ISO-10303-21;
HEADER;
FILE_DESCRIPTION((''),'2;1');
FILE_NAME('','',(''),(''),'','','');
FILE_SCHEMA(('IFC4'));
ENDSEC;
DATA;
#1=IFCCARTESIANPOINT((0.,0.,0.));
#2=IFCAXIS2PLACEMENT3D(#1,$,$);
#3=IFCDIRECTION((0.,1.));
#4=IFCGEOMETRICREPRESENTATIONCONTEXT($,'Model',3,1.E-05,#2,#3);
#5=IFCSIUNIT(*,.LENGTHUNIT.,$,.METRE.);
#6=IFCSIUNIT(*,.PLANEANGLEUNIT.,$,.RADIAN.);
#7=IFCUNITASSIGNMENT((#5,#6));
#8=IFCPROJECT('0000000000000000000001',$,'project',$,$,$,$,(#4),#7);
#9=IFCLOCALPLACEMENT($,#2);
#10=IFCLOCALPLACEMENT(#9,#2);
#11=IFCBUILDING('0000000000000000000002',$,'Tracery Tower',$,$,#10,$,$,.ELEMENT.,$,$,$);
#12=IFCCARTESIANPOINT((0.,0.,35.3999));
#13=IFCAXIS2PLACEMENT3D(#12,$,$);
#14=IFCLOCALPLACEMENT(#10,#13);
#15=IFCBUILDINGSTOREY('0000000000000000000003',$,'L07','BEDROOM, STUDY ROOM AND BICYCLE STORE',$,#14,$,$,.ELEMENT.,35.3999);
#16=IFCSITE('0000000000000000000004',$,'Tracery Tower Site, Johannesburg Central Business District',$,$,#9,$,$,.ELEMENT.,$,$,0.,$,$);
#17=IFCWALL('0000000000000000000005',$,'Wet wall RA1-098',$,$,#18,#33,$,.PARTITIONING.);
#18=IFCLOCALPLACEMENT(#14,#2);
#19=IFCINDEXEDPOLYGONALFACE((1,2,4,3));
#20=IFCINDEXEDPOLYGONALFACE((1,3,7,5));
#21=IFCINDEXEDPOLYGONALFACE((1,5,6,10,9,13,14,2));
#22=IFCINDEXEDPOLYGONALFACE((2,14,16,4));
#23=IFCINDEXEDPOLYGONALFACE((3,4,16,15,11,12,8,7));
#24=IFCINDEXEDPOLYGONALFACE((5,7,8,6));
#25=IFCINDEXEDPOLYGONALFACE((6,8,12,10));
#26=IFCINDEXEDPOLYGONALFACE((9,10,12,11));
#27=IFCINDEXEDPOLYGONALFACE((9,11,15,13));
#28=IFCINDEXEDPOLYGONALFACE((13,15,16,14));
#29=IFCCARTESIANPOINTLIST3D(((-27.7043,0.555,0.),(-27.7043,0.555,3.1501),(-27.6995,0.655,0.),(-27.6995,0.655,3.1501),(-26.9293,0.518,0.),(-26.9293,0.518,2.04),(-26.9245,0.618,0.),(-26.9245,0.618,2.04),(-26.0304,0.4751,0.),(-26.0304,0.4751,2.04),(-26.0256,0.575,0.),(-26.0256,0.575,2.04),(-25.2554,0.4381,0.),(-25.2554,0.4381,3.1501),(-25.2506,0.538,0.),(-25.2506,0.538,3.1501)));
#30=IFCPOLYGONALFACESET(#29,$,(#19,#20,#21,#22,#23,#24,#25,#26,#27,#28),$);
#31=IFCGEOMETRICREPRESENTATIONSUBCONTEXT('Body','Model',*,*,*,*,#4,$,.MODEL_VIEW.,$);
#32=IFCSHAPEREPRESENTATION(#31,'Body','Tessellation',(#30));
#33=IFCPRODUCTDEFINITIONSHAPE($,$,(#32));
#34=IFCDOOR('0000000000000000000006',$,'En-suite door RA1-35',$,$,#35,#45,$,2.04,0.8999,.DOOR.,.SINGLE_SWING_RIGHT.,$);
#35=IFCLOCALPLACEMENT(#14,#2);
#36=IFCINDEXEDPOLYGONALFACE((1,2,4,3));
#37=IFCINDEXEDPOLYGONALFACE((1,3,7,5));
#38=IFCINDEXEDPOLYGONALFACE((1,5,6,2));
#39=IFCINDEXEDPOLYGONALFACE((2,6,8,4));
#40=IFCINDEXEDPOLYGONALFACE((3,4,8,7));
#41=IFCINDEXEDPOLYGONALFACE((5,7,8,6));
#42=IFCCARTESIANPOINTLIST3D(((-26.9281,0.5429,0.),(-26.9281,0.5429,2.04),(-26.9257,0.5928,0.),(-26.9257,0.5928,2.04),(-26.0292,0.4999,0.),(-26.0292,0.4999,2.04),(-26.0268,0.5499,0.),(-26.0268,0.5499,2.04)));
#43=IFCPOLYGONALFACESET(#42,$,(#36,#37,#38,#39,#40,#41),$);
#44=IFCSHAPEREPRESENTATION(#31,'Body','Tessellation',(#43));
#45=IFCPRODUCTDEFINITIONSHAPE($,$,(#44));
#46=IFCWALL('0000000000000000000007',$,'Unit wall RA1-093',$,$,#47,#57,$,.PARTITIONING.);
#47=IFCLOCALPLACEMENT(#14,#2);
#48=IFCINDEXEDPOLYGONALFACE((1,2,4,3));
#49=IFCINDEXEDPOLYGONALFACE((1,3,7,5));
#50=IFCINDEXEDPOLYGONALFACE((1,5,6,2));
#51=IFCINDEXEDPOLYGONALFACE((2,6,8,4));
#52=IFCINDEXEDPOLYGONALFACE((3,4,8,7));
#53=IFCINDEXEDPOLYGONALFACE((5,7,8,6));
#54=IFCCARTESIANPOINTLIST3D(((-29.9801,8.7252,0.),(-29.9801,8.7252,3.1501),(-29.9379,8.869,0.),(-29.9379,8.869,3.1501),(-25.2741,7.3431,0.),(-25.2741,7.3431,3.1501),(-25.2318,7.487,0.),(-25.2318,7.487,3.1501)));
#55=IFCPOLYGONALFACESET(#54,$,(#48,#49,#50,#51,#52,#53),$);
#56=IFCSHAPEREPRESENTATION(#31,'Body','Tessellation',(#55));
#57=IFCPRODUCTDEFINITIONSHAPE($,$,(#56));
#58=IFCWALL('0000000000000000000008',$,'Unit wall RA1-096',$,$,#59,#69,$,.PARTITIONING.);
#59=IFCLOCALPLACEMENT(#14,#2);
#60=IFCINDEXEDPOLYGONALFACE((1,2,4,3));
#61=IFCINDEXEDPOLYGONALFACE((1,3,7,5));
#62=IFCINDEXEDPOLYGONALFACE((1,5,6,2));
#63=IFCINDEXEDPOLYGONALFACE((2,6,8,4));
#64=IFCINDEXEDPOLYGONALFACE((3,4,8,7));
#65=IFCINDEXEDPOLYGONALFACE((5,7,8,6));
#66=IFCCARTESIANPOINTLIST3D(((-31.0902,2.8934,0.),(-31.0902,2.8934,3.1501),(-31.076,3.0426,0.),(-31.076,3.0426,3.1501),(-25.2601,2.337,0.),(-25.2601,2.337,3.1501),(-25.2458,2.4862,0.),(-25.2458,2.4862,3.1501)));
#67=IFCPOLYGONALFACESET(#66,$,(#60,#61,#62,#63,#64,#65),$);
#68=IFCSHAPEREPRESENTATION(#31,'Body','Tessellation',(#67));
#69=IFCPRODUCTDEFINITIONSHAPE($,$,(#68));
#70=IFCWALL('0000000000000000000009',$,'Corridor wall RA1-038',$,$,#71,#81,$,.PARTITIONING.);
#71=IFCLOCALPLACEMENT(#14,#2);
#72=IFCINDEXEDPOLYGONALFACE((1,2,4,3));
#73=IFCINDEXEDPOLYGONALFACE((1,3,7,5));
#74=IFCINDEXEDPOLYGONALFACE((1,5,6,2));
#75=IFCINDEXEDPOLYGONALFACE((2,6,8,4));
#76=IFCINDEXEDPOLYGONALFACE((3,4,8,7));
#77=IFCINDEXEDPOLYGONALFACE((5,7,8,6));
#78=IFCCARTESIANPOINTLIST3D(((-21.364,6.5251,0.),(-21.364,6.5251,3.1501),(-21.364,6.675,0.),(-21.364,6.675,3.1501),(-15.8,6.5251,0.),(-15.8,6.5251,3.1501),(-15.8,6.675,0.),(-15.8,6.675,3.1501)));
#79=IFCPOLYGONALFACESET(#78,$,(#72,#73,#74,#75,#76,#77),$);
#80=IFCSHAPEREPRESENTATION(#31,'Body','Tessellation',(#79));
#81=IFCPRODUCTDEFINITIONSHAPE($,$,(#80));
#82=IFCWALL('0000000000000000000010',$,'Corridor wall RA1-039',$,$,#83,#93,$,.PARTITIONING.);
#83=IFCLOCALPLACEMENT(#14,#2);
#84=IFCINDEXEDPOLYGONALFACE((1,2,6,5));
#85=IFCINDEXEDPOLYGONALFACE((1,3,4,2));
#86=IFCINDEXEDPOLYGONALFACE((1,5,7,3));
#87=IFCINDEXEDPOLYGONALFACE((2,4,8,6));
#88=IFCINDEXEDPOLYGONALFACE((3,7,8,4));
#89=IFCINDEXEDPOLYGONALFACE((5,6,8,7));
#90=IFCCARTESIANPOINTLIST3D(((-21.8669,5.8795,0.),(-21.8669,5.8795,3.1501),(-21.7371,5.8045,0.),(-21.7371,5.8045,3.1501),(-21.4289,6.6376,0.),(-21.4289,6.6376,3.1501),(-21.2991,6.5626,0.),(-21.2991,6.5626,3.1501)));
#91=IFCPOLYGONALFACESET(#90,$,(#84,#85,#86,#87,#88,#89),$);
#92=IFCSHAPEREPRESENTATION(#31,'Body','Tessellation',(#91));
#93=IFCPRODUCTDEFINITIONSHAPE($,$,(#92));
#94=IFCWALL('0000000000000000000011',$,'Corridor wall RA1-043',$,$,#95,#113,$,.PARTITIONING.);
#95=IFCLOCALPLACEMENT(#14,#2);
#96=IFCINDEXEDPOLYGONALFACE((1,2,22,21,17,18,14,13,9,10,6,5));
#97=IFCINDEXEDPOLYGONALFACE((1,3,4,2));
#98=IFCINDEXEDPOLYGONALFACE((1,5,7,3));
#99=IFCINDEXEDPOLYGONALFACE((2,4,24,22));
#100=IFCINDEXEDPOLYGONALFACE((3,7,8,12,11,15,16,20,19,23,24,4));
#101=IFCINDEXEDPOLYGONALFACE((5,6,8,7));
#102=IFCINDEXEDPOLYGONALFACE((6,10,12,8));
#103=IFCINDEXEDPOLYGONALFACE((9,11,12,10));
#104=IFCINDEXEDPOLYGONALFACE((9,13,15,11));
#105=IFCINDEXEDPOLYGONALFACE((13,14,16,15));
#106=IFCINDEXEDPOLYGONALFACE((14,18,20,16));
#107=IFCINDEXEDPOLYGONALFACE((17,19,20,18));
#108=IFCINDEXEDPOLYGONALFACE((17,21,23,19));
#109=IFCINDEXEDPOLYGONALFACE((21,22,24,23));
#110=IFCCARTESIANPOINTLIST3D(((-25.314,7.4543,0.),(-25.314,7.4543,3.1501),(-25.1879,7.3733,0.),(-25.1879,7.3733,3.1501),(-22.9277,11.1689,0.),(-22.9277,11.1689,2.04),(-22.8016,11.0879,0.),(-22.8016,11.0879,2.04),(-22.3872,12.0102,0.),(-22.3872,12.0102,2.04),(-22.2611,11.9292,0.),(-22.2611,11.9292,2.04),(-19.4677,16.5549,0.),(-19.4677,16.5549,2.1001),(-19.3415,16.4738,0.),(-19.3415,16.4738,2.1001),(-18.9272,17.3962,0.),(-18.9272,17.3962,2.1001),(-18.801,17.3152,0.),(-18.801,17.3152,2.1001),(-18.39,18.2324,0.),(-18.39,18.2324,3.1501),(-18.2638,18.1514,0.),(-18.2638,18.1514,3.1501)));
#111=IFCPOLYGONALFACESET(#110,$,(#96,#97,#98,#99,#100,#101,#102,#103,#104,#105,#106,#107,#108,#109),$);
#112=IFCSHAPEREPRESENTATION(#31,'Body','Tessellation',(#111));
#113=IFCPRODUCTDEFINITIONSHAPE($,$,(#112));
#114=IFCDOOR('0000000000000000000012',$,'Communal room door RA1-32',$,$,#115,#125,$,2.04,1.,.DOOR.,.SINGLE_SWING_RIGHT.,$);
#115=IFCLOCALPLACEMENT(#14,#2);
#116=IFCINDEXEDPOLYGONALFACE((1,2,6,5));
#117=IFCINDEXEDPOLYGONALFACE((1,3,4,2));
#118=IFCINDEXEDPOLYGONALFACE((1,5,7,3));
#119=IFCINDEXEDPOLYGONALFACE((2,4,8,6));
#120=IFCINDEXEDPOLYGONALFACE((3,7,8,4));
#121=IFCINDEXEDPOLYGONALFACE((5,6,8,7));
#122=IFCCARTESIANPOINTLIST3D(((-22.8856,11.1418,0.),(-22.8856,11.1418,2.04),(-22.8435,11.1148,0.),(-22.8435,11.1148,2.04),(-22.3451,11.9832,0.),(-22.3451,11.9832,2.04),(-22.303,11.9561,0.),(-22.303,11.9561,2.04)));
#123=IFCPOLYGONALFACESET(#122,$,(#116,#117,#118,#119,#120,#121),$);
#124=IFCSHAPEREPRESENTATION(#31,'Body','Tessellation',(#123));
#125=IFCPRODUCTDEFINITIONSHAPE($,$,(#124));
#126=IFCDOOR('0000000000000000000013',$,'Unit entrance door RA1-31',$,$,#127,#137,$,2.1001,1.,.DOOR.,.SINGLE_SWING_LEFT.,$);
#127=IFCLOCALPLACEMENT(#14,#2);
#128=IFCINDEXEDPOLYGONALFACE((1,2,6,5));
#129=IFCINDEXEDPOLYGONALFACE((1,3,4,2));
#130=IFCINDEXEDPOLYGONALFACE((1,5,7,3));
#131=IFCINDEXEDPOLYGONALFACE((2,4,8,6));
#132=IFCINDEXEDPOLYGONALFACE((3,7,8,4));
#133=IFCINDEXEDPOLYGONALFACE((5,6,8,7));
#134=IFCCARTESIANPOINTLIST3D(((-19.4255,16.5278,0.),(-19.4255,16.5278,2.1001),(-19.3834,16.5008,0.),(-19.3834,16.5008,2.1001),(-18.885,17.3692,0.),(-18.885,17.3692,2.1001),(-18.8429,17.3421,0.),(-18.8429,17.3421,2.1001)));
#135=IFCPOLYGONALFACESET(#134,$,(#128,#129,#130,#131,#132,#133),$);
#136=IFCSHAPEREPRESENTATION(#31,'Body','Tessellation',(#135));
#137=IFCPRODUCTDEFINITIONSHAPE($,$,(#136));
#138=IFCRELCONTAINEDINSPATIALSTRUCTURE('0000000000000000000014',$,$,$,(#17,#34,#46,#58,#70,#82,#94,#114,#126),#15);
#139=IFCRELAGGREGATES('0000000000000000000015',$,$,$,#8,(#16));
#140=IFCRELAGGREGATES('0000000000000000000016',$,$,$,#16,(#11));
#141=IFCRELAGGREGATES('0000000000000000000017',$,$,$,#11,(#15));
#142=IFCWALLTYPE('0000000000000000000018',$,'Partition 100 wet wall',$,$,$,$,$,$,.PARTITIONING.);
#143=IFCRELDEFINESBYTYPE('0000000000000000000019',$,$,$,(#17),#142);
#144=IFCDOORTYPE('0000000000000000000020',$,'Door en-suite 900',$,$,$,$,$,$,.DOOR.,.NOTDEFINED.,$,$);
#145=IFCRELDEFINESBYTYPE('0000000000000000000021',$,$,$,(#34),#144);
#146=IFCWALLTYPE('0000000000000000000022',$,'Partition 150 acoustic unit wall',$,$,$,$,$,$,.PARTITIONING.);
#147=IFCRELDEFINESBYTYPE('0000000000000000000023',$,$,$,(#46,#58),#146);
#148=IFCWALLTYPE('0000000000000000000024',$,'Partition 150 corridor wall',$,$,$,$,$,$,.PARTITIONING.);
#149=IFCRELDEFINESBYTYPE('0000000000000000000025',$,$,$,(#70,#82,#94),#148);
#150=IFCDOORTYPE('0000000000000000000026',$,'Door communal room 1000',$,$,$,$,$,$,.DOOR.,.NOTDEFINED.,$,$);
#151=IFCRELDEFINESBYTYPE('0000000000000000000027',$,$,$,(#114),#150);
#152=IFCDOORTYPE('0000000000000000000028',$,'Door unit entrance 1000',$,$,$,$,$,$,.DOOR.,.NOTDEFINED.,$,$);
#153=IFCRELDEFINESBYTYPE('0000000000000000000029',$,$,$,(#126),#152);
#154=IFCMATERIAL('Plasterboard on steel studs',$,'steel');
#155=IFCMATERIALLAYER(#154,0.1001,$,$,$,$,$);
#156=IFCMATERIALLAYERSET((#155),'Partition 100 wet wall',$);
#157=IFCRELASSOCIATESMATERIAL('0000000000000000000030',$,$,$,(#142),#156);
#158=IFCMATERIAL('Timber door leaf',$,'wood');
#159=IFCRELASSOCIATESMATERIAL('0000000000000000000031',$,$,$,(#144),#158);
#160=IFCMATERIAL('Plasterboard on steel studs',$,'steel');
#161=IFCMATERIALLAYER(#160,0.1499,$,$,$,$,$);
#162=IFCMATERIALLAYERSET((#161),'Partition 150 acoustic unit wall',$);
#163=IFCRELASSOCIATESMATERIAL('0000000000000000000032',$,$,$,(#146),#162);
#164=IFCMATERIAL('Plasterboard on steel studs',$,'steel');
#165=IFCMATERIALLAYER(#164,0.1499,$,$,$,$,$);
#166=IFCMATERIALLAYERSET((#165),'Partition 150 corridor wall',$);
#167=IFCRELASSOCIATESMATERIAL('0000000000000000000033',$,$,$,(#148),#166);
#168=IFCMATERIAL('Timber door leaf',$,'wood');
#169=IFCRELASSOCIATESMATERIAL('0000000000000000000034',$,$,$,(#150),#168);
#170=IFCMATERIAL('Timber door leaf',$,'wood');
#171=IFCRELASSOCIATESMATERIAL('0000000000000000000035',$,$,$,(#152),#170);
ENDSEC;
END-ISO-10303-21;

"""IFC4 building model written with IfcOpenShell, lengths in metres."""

from ifc_helpers import new_model, si_unit, direction, frame, frame_2d, origin, place, context, subcontext, project, spatial, rectangle, extrude, material, layer, layer_set, type_object, element, fill, save


model = new_model("IFC4")

# Units and contexts
model_context = context("Model", 3, precision=1e-05, world=origin(), true_north=direction((0.0, 1.0)))
body_context = subcontext(model_context, "Body", "Model", "MODEL_VIEW")
ifc_project = project(units=[si_unit("LENGTHUNIT", "METRE"), si_unit("PLANEANGLEUNIT", "RADIAN")], contexts=[model_context])

# Site, building, storey
site_placement = place(None, origin())
site = spatial("IfcSite", under=ifc_project, at=site_placement, Name="Tracery Tower Site, Johannesburg Central Business District", CompositionType="ELEMENT", RefElevation=0.0)
building_placement = place(site_placement, origin())
building = spatial("IfcBuilding", under=site, at=building_placement, Name="Tracery Tower", CompositionType="ELEMENT")
storey_placement = place(building_placement, frame((0.0, 0.0, 35.3999)))
storey = spatial("IfcBuildingStorey", under=building, at=storey_placement, Name="L07", Description="BEDROOM, STUDY ROOM AND BICYCLE STORE", CompositionType="ELEMENT", Elevation=35.3999)

# Shared definitions
ifc_material_1 = material(Name="Plasterboard on steel studs", Category="steel")
ifc_layer_1 = layer(ifc_material_1, 0.1001)
ifc_layer_set_1 = layer_set([ifc_layer_1], Name="Partition 100 wet wall")
wall_type_1 = type_object("IfcWallType", Name="Partition 100 wet wall", PredefinedType="PARTITIONING", material=ifc_layer_set_1)
ifc_material_2 = material(Name="Timber door leaf", Category="wood")
door_type_1 = type_object("IfcDoorType", Name="Door en-suite 900", OperationType="NOTDEFINED", PredefinedType="DOOR", material=ifc_material_2)

# Wall, opening, door
wall_1_placement = place(storey_placement, frame((-27.7019, 0.605, 0.0), z_axis=(0.0, 0.0, 1.0), x_axis=(0.998862, -0.047698, 0.0)))
wall_1 = element("IfcWall", 1, at=wall_1_placement, inside=storey, type_object=wall_type_1, Name="Wet wall RA1-098", PredefinedType="PARTITIONING", context=body_context, shape_type="SweptSolid", body=[
    extrude(rectangle(XDim=2.4517, YDim=0.1001, at=frame_2d((1.2258, 0.0))), origin(), (0.0, 0.0, 1.0), 3.1501),
])
opening_1_placement = place(wall_1_placement, frame((0.7759, 0.0, 0.0)))
opening_1 = element("IfcOpeningElement", 2, at=opening_1_placement, cuts=wall_1, PredefinedType="OPENING", context=body_context, shape_type="SweptSolid", body=[
    extrude(rectangle(XDim=0.8999, YDim=2.04, at=frame_2d((0.45, 1.02))), frame((0.0, 0.05, 0.0), z_axis=(0.0, -1.0, 0.0), x_axis=(1.0, 0.0, 0.0)), (0.0, 0.0, 1.0), 0.1001),
])
door_1_placement = place(opening_1_placement, origin())
door_1 = element("IfcDoor", 3, at=door_1_placement, inside=storey, type_object=door_type_1, Name="En-suite door RA1-35", OperationType="SINGLE_SWING_RIGHT", OverallHeight=2.04, OverallWidth=0.8999, PredefinedType="DOOR", context=body_context, shape_type="SweptSolid", body=[
    extrude(rectangle(XDim=0.8999, YDim=2.04, at=frame_2d((0.45, 1.02))), frame((0.0, 0.0249, 0.0), z_axis=(0.0, -1.0, 0.0), x_axis=(1.0, 0.0, 0.0)), (0.0, 0.0, 1.0), 0.05),
])
fill(opening_1, door_1)

# Walls
ifc_material_3 = material(Name="Plasterboard on steel studs", Category="steel")
ifc_layer_2 = layer(ifc_material_3, 0.1499)
ifc_layer_set_2 = layer_set([ifc_layer_2], Name="Partition 150 acoustic unit wall")
wall_type_2 = type_object("IfcWallType", Name="Partition 150 acoustic unit wall", PredefinedType="PARTITIONING", material=ifc_layer_set_2)
wall_2_placement = place(storey_placement, frame((-29.959, 8.7971, 0.0), z_axis=(0.0, 0.0, 1.0), x_axis=(0.959479, -0.281781, 0.0)))
element("IfcWall", 4, at=wall_2_placement, inside=storey, type_object=wall_type_2, Name="Unit wall RA1-093", PredefinedType="PARTITIONING", context=body_context, shape_type="SweptSolid", body=[
    extrude(rectangle(XDim=4.9048, YDim=0.1499, at=frame_2d((2.4524, 0.0))), origin(), (0.0, 0.0, 1.0), 3.1501),
])
wall_3_placement = place(storey_placement, frame((-31.083, 2.968, 0.0), z_axis=(0.0, 0.0, 1.0), x_axis=(0.995477, -0.095004, 0.0)))
element("IfcWall", 5, at=wall_3_placement, inside=storey, type_object=wall_type_2, Name="Unit wall RA1-096", PredefinedType="PARTITIONING", context=body_context, shape_type="SweptSolid", body=[
    extrude(rectangle(XDim=5.8567, YDim=0.1499, at=frame_2d((2.9282, 0.0))), origin(), (0.0, 0.0, 1.0), 3.1501),
])
ifc_material_4 = material(Name="Plasterboard on steel studs", Category="steel")
ifc_layer_3 = layer(ifc_material_4, 0.1499)
ifc_layer_set_3 = layer_set([ifc_layer_3], Name="Partition 150 corridor wall")
wall_type_3 = type_object("IfcWallType", Name="Partition 150 corridor wall", PredefinedType="PARTITIONING", material=ifc_layer_set_3)
wall_4_placement = place(storey_placement, frame((-21.364, 6.6001, 0.0), z_axis=(0.0, 0.0, 1.0), x_axis=(1.0, 0.0, 0.0)))
element("IfcWall", 6, at=wall_4_placement, inside=storey, type_object=wall_type_3, Name="Corridor wall RA1-038", PredefinedType="PARTITIONING", context=body_context, shape_type="SweptSolid", body=[
    extrude(rectangle(XDim=5.564, YDim=0.1499, at=frame_2d((2.782, 0.0))), origin(), (0.0, 0.0, 1.0), 3.1501),
])
wall_5_placement = place(storey_placement, frame((-21.802, 5.842, 0.0), z_axis=(0.0, 0.0, 1.0), x_axis=(0.500278, 0.865865, 0.0)))
element("IfcWall", 7, at=wall_5_placement, inside=storey, type_object=wall_type_3, Name="Corridor wall RA1-039", PredefinedType="PARTITIONING", context=body_context, shape_type="SweptSolid", body=[
    extrude(rectangle(XDim=0.8755, YDim=0.1499, at=frame_2d((0.4377, 0.0))), origin(), (0.0, 0.0, 1.0), 3.1501),
])

# Wall, openings, doors
wall_6_placement = place(storey_placement, frame((-25.251, 7.4138, 0.0), z_axis=(0.0, 0.0, 1.0), x_axis=(0.540498, 0.841345, 0.0)))
wall_6 = element("IfcWall", 8, at=wall_6_placement, inside=storey, type_object=wall_type_3, Name="Corridor wall RA1-043", PredefinedType="PARTITIONING", context=body_context, shape_type="SweptSolid", body=[
    extrude(rectangle(XDim=12.8105, YDim=0.1499, at=frame_2d((6.4053, 0.0))), origin(), (0.0, 0.0, 1.0), 3.1501),
])
opening_2_placement = place(wall_6_placement, frame((10.8167, 0.0, 0.0)))
opening_2 = element("IfcOpeningElement", 9, at=opening_2_placement, cuts=wall_6, PredefinedType="OPENING", context=body_context, shape_type="SweptSolid", body=[
    extrude(rectangle(XDim=1.0, YDim=2.1001, at=frame_2d((0.5, 1.05))), frame((0.0, 0.075, 0.0), z_axis=(0.0, -1.0, 0.0), x_axis=(1.0, 0.0, 0.0)), (0.0, 0.0, 1.0), 0.1499),
])
opening_3_placement = place(wall_6_placement, frame((4.415, 0.0, 0.0)))
opening_3 = element("IfcOpeningElement", 10, at=opening_3_placement, cuts=wall_6, PredefinedType="OPENING", context=body_context, shape_type="SweptSolid", body=[
    extrude(rectangle(XDim=1.0, YDim=2.04, at=frame_2d((0.5, 1.02))), frame((0.0, 0.075, 0.0), z_axis=(0.0, -1.0, 0.0), x_axis=(1.0, 0.0, 0.0)), (0.0, 0.0, 1.0), 0.1499),
])
ifc_material_5 = material(Name="Timber door leaf", Category="wood")
door_type_2 = type_object("IfcDoorType", Name="Door communal room 1000", OperationType="NOTDEFINED", PredefinedType="DOOR", material=ifc_material_5)
door_2_placement = place(opening_3_placement, origin())
door_2 = element("IfcDoor", 11, at=door_2_placement, inside=storey, type_object=door_type_2, Name="Communal room door RA1-32", OperationType="SINGLE_SWING_RIGHT", OverallHeight=2.04, OverallWidth=1.0, PredefinedType="DOOR", context=body_context, shape_type="SweptSolid", body=[
    extrude(rectangle(XDim=1.0, YDim=2.04, at=frame_2d((0.5, 1.02))), frame((0.0, 0.0249, 0.0), z_axis=(0.0, -1.0, 0.0), x_axis=(1.0, 0.0, 0.0)), (0.0, 0.0, 1.0), 0.05),
])
fill(opening_3, door_2)
ifc_material_6 = material(Name="Timber door leaf", Category="wood")
door_type_3 = type_object("IfcDoorType", Name="Door unit entrance 1000", OperationType="NOTDEFINED", PredefinedType="DOOR", material=ifc_material_6)
door_3_placement = place(opening_2_placement, origin())
door_3 = element("IfcDoor", 12, at=door_3_placement, inside=storey, type_object=door_type_3, Name="Unit entrance door RA1-31", OperationType="SINGLE_SWING_LEFT", OverallHeight=2.1001, OverallWidth=1.0, PredefinedType="DOOR", context=body_context, shape_type="SweptSolid", body=[
    extrude(rectangle(XDim=1.0, YDim=2.1001, at=frame_2d((0.5, 1.05))), frame((0.0, 0.0249, 0.0), z_axis=(0.0, -1.0, 0.0), x_axis=(1.0, 0.0, 0.0)), (0.0, 0.0, 1.0), 0.05),
])
fill(opening_2, door_3)

save(model, "model.ifc")
